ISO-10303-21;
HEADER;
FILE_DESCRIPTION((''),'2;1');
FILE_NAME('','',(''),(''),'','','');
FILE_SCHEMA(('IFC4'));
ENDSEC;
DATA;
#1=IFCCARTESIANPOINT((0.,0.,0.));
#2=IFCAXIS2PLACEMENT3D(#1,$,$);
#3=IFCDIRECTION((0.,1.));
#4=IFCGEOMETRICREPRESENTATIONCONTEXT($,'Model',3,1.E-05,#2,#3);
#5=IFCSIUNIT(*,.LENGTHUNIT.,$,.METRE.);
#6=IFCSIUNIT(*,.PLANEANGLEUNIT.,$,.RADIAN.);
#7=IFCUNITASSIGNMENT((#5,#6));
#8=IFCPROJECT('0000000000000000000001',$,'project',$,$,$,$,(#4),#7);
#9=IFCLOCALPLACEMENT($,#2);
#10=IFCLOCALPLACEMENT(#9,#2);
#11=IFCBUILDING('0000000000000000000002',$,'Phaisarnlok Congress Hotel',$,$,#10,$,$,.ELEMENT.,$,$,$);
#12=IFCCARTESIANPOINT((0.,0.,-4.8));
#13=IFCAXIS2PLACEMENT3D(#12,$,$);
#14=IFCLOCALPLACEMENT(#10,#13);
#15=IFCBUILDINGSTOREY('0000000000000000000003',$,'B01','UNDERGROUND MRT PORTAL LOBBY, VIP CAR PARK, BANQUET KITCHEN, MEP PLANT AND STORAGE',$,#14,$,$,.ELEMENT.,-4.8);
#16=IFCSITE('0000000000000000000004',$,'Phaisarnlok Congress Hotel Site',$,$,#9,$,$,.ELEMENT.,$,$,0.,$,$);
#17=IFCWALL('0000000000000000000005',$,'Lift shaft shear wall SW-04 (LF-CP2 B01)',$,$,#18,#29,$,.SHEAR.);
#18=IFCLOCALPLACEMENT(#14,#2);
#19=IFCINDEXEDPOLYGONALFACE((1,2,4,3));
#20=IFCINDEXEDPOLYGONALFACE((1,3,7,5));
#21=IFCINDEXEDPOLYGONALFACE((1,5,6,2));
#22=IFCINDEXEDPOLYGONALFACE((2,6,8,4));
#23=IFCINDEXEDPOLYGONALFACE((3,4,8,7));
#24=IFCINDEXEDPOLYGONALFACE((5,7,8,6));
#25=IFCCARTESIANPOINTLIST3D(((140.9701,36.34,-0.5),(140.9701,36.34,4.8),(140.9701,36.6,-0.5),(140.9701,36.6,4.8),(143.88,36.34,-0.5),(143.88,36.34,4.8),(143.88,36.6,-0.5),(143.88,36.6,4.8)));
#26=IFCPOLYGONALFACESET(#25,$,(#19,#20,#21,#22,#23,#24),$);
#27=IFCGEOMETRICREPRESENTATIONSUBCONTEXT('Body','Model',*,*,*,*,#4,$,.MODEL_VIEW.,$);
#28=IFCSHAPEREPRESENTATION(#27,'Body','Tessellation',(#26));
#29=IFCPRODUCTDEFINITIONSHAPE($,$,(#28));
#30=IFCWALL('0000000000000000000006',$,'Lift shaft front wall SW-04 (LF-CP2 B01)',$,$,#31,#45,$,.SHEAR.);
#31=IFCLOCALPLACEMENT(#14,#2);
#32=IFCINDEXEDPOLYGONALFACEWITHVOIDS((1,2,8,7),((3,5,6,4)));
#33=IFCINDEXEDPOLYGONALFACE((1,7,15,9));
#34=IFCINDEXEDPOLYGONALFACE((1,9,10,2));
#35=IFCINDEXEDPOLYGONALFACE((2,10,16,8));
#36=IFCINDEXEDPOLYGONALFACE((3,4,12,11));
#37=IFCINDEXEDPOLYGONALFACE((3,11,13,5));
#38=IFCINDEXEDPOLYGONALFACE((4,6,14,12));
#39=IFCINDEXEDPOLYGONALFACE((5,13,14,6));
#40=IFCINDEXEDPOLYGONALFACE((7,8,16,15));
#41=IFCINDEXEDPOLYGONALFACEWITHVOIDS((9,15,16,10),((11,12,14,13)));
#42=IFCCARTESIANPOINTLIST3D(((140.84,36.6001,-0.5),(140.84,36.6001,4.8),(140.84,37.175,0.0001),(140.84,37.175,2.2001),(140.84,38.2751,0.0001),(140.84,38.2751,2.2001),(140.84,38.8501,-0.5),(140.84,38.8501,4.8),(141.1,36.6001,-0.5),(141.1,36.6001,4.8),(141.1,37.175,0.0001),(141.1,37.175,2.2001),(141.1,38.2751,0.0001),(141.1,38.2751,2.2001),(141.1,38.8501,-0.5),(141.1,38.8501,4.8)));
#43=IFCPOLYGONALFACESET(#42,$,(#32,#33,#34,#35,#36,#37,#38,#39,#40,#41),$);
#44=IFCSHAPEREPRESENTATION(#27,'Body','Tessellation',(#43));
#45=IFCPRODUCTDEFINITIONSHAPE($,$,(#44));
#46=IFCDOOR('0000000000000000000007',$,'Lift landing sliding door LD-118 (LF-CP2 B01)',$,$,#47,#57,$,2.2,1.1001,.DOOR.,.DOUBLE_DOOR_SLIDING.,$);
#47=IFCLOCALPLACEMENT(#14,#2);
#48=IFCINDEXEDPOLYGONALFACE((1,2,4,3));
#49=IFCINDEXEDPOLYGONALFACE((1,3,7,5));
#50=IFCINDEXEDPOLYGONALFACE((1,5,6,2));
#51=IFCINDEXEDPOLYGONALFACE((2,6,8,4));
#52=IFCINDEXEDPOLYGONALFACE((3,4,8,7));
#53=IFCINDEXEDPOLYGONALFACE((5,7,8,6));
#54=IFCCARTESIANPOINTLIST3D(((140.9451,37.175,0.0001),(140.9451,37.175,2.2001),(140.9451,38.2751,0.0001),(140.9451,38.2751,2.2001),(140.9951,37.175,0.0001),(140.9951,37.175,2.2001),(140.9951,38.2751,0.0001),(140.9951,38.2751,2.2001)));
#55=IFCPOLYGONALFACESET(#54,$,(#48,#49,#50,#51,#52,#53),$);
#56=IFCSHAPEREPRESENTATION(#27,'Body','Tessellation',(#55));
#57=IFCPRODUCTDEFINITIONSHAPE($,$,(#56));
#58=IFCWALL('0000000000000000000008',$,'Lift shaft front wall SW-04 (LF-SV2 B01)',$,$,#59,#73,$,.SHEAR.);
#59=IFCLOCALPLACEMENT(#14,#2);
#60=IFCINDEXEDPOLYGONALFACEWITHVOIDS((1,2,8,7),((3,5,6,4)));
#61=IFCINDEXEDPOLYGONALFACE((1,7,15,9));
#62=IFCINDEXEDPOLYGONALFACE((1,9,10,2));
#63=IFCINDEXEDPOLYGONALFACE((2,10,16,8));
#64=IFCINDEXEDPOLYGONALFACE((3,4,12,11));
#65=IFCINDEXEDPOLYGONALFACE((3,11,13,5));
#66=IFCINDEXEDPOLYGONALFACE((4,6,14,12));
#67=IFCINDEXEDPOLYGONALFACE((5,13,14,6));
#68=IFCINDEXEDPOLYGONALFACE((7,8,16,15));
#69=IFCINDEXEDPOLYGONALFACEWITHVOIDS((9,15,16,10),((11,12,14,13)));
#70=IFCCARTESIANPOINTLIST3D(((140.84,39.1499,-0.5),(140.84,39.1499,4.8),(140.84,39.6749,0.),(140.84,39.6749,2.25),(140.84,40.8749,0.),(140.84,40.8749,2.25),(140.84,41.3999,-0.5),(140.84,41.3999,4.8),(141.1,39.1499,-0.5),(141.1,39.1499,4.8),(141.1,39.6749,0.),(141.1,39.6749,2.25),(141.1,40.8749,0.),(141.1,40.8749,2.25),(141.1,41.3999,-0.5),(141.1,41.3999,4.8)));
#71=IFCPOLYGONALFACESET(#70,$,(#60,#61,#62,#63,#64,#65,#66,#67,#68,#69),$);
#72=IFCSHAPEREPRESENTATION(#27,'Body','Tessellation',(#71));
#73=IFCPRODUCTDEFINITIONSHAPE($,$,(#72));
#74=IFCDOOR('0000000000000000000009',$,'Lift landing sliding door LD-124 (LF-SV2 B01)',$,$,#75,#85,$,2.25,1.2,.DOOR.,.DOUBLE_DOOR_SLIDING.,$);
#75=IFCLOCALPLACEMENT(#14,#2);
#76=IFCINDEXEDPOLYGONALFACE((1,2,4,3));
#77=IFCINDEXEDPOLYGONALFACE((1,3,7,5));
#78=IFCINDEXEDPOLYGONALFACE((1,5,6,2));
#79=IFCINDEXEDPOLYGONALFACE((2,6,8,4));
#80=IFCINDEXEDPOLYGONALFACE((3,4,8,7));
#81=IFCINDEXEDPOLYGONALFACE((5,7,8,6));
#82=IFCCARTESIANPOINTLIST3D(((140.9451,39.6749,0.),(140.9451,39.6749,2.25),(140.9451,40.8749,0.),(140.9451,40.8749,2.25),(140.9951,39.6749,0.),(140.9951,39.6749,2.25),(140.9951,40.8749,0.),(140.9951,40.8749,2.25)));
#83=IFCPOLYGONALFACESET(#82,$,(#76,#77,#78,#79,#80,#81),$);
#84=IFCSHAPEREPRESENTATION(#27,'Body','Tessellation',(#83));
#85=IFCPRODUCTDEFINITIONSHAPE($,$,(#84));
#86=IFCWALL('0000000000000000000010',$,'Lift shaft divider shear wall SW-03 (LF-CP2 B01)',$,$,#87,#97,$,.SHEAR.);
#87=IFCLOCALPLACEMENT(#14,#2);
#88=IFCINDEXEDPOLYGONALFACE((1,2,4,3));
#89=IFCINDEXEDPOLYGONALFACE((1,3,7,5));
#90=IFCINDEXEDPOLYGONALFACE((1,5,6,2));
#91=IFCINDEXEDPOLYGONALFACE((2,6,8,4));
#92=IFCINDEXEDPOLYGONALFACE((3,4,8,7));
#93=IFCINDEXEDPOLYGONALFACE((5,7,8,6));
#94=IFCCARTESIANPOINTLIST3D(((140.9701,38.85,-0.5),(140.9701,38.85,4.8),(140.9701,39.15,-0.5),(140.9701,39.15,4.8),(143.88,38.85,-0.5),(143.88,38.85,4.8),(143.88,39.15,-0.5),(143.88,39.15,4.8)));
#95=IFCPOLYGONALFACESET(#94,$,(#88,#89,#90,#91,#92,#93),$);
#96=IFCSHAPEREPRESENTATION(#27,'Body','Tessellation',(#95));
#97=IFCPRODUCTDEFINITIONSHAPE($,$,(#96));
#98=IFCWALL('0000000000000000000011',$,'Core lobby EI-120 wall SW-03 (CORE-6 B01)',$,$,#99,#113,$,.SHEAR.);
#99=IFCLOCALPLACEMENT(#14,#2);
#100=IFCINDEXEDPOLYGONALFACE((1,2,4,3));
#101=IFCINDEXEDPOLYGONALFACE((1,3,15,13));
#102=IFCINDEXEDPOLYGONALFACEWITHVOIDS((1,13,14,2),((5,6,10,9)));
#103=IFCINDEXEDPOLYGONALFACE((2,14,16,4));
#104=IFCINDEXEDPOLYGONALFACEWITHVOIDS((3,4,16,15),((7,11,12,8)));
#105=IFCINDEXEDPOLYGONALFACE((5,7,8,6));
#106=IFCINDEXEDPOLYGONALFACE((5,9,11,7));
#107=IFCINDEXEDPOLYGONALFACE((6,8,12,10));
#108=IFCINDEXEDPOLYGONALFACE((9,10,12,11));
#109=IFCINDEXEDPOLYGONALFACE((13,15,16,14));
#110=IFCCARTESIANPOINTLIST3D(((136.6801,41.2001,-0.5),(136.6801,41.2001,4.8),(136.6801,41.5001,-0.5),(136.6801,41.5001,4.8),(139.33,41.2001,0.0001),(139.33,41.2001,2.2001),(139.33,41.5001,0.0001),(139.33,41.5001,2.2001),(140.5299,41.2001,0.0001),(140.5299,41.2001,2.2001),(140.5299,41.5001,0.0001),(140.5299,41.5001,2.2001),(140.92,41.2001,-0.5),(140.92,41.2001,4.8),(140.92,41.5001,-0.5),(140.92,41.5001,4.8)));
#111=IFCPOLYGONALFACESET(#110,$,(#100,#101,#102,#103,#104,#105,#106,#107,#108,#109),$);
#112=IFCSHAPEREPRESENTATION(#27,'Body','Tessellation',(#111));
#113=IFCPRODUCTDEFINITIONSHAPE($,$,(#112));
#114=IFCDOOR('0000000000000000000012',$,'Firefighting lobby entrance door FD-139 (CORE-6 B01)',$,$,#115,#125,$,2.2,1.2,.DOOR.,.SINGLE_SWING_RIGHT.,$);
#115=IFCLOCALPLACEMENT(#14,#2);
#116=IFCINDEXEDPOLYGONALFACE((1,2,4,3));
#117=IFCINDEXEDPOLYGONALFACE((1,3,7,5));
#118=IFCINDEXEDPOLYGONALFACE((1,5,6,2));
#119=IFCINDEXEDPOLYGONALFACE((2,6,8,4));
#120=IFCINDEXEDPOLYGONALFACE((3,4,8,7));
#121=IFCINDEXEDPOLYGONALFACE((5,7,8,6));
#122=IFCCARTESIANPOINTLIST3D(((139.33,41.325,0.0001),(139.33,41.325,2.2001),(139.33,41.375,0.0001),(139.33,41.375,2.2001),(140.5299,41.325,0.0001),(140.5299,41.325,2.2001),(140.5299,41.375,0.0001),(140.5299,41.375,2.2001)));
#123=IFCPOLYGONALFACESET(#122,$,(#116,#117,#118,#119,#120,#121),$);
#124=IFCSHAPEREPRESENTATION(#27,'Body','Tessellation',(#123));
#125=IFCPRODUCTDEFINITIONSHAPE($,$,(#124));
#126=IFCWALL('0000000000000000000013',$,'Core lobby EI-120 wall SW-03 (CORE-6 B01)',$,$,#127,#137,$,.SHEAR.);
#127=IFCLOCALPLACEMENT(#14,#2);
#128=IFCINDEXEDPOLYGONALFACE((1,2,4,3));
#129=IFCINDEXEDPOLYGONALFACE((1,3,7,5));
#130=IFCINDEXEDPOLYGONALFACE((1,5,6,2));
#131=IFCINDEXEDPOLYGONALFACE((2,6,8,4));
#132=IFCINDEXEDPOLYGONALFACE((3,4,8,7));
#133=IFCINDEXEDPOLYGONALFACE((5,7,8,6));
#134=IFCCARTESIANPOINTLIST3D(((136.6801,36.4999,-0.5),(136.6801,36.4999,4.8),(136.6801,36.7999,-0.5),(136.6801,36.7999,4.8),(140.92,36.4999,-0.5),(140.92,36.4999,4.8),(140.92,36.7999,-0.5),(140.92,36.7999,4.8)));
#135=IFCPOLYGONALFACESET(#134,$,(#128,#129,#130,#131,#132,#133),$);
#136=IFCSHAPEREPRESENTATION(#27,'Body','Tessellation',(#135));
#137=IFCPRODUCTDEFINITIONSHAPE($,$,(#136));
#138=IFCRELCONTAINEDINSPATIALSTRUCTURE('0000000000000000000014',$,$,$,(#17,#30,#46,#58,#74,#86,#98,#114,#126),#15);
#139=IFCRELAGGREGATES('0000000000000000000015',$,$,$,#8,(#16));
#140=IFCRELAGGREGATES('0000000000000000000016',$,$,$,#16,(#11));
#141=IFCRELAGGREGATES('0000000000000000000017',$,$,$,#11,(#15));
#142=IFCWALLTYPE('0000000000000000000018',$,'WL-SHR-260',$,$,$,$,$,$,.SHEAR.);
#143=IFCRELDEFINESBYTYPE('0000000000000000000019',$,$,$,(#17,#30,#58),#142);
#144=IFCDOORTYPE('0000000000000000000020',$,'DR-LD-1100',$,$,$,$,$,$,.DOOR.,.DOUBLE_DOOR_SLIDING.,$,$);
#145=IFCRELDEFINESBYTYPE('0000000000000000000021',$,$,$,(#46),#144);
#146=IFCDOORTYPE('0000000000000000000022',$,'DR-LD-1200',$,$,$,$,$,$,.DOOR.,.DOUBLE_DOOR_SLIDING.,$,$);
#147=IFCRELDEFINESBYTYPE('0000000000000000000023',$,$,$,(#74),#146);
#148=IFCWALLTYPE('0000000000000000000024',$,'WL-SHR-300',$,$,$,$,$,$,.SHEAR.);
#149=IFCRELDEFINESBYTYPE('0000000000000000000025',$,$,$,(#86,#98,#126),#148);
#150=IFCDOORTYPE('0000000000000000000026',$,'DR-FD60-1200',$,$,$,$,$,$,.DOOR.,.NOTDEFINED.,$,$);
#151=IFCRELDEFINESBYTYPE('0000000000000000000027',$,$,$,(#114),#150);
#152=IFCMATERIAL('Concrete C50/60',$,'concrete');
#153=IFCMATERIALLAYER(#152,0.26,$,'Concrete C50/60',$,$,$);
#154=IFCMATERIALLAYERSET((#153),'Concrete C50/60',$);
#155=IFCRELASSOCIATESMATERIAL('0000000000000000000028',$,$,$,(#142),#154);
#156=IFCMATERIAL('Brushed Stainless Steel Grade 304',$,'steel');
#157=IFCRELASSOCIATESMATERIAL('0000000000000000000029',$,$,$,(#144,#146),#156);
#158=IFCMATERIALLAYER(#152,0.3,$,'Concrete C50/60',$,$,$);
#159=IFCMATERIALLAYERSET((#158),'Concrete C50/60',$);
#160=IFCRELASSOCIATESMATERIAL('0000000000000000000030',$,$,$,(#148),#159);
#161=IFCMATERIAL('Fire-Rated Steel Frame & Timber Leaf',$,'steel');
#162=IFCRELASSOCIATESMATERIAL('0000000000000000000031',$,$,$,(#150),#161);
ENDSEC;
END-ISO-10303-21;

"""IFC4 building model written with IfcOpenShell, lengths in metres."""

from ifc_helpers import new_model, si_unit, direction, frame, frame_2d, origin, place, context, subcontext, project, spatial, rectangle, extrude, material, layer, layer_set, type_object, element, fill, save


model = new_model("IFC4")

# Units and contexts
model_context = context("Model", 3, precision=1e-05, world=origin(), true_north=direction((0.0, 1.0)))
body_context = subcontext(model_context, "Body", "Model", "MODEL_VIEW")
ifc_project = project(units=[si_unit("LENGTHUNIT", "METRE"), si_unit("PLANEANGLEUNIT", "RADIAN")], contexts=[model_context])

# Site, building, storey
site_placement = place(None, origin())
site = spatial("IfcSite", under=ifc_project, at=site_placement, Name="Phaisarnlok Congress Hotel Site", CompositionType="ELEMENT", RefElevation=0.0)
building_placement = place(site_placement, origin())
building = spatial("IfcBuilding", under=site, at=building_placement, Name="Phaisarnlok Congress Hotel", CompositionType="ELEMENT")
storey_placement = place(building_placement, frame((0.0, 0.0, -4.8)))
storey = spatial("IfcBuildingStorey", under=building, at=storey_placement, Name="B01", Description="UNDERGROUND MRT PORTAL LOBBY, VIP CAR PARK, BANQUET KITCHEN, MEP PLANT AND STORAGE", CompositionType="ELEMENT", Elevation=-4.8)

# Shared definitions
ifc_material_1 = material(Name="Concrete C50/60", Category="concrete")
ifc_layer_1 = layer(ifc_material_1, 0.26, Name="Concrete C50/60")
ifc_layer_set_1 = layer_set([ifc_layer_1], Name="Concrete C50/60")
wall_type_1 = type_object("IfcWallType", Name="WL-SHR-260", PredefinedType="SHEAR", material=ifc_layer_set_1)
ifc_material_2 = material(Name="Fire-Rated Steel Frame & Timber Leaf", Category="steel")

# Wall
wall_1_placement = place(storey_placement, frame((140.97, 36.47, -0.5), z_axis=(0.0, 0.0, 1.0), x_axis=(1.0, 0.0, 0.0)))
element("IfcWall", 1, at=wall_1_placement, inside=storey, type_object=wall_type_1, Name="Lift shaft shear wall SW-04 (LF-CP2 B01)", PredefinedType="SHEAR", context=body_context, shape_type="SweptSolid", body=[
    extrude(rectangle(XDim=2.9099, YDim=0.26, at=frame_2d((1.4551, 0.0))), origin(), (0.0, 0.0, 1.0), 5.3),
])

# Walls, openings, doors
wall_2_placement = place(storey_placement, frame((140.97, 36.6001, -0.5), z_axis=(0.0, 0.0, 1.0), x_axis=(0.0, 1.0, 0.0)))
wall_2 = element("IfcWall", 2, at=wall_2_placement, inside=storey, type_object=wall_type_1, Name="Lift shaft front wall SW-04 (LF-CP2 B01)", PredefinedType="SHEAR", context=body_context, shape_type="SweptSolid", body=[
    extrude(rectangle(XDim=2.25, YDim=0.26, at=frame_2d((1.125, 0.0))), origin(), (0.0, 0.0, 1.0), 5.3),
])
opening_1_placement = place(wall_2_placement, frame((0.575, 0.0, 0.5)))
opening_1 = element("IfcOpeningElement", 3, at=opening_1_placement, cuts=wall_2, PredefinedType="OPENING", context=body_context, shape_type="SweptSolid", body=[
    extrude(rectangle(XDim=1.1001, YDim=2.2, at=frame_2d((0.55, 1.1001))), frame((0.0, 0.1401, 0.0), z_axis=(0.0, -1.0, 0.0), x_axis=(1.0, 0.0, 0.0)), (0.0, 0.0, 1.0), 0.28),
])
ifc_material_3 = material(Name="Brushed Stainless Steel Grade 304", Category="steel")
door_type_1 = type_object("IfcDoorType", Name="DR-LD-1100", OperationType="DOUBLE_DOOR_SLIDING", PredefinedType="DOOR", material=ifc_material_3)
door_1_placement = place(opening_1_placement, origin())
door_1 = element("IfcDoor", 4, at=door_1_placement, inside=storey, type_object=door_type_1, Name="Lift landing sliding door LD-118 (LF-CP2 B01)", OperationType="DOUBLE_DOOR_SLIDING", OverallHeight=2.2, OverallWidth=1.1001, PredefinedType="DOOR", context=body_context, shape_type="SweptSolid", body=[
    extrude(rectangle(XDim=1.1001, YDim=2.2, at=frame_2d((0.55, 1.1001))), frame((0.0, 0.0249, 0.0), z_axis=(0.0, -1.0, 0.0), x_axis=(1.0, 0.0, 0.0)), (0.0, 0.0, 1.0), 0.05),
])
fill(opening_1, door_1)
wall_3_placement = place(storey_placement, frame((140.97, 39.1499, -0.5), z_axis=(0.0, 0.0, 1.0), x_axis=(0.0, 1.0, 0.0)))
wall_3 = element("IfcWall", 5, at=wall_3_placement, inside=storey, type_object=wall_type_1, Name="Lift shaft front wall SW-04 (LF-SV2 B01)", PredefinedType="SHEAR", context=body_context, shape_type="SweptSolid", body=[
    extrude(rectangle(XDim=2.25, YDim=0.26, at=frame_2d((1.125, 0.0))), origin(), (0.0, 0.0, 1.0), 5.3),
])
opening_2_placement = place(wall_3_placement, frame((0.5249, 0.0, 0.5)))
opening_2 = element("IfcOpeningElement", 6, at=opening_2_placement, cuts=wall_3, PredefinedType="OPENING", context=body_context, shape_type="SweptSolid", body=[
    extrude(rectangle(XDim=1.2, YDim=2.25, at=frame_2d((0.6001, 1.125))), frame((0.0, 0.1401, 0.0), z_axis=(0.0, -1.0, 0.0), x_axis=(1.0, 0.0, 0.0)), (0.0, 0.0, 1.0), 0.28),
])
door_type_2 = type_object("IfcDoorType", Name="DR-LD-1200", OperationType="DOUBLE_DOOR_SLIDING", PredefinedType="DOOR", material=ifc_material_3)
door_2_placement = place(opening_2_placement, origin())
door_2 = element("IfcDoor", 7, at=door_2_placement, inside=storey, type_object=door_type_2, Name="Lift landing sliding door LD-124 (LF-SV2 B01)", OperationType="DOUBLE_DOOR_SLIDING", OverallHeight=2.25, OverallWidth=1.2, PredefinedType="DOOR", context=body_context, shape_type="SweptSolid", body=[
    extrude(rectangle(XDim=1.2, YDim=2.25, at=frame_2d((0.6001, 1.125))), frame((0.0, 0.0249, 0.0), z_axis=(0.0, -1.0, 0.0), x_axis=(1.0, 0.0, 0.0)), (0.0, 0.0, 1.0), 0.05),
])
fill(opening_2, door_2)

# Wall
ifc_layer_2 = layer(ifc_material_1, 0.3, Name="Concrete C50/60")
ifc_layer_set_2 = layer_set([ifc_layer_2], Name="Concrete C50/60")
wall_type_2 = type_object("IfcWallType", Name="WL-SHR-300", PredefinedType="SHEAR", material=ifc_layer_set_2)
wall_4_placement = place(storey_placement, frame((140.97, 39.0, -0.5), z_axis=(0.0, 0.0, 1.0), x_axis=(1.0, 0.0, 0.0)))
element("IfcWall", 8, at=wall_4_placement, inside=storey, type_object=wall_type_2, Name="Lift shaft divider shear wall SW-03 (LF-CP2 B01)", PredefinedType="SHEAR", context=body_context, shape_type="SweptSolid", body=[
    extrude(rectangle(XDim=2.9099, YDim=0.3, at=frame_2d((1.4551, 0.0))), origin(), (0.0, 0.0, 1.0), 5.3),
])

# Wall, opening, door
wall_5_placement = place(storey_placement, frame((136.6799, 41.3501, -0.5), z_axis=(0.0, 0.0, 1.0), x_axis=(1.0, 0.0, 0.0)))
wall_5 = element("IfcWall", 9, at=wall_5_placement, inside=storey, type_object=wall_type_2, Name="Core lobby EI-120 wall SW-03 (CORE-6 B01)", PredefinedType="SHEAR", context=body_context, shape_type="SweptSolid", body=[
    extrude(rectangle(XDim=4.24, YDim=0.3, at=frame_2d((2.1201, 0.0))), origin(), (0.0, 0.0, 1.0), 5.3),
])
opening_3_placement = place(wall_5_placement, frame((2.6499, 0.0, 0.5)))
opening_3 = element("IfcOpeningElement", 10, at=opening_3_placement, cuts=wall_5, PredefinedType="OPENING", context=body_context, shape_type="SweptSolid", body=[
    extrude(rectangle(XDim=1.2, YDim=2.2, at=frame_2d((0.6001, 1.1001))), frame((0.0, 0.1602, 0.0), z_axis=(0.0, -1.0, 0.0), x_axis=(1.0, 0.0, 0.0)), (0.0, 0.0, 1.0), 0.3201),
])
door_type_3 = type_object("IfcDoorType", Name="DR-FD60-1200", OperationType="NOTDEFINED", PredefinedType="DOOR", material=ifc_material_2)
door_3_placement = place(opening_3_placement, origin())
door_3 = element("IfcDoor", 11, at=door_3_placement, inside=storey, type_object=door_type_3, Name="Firefighting lobby entrance door FD-139 (CORE-6 B01)", OperationType="SINGLE_SWING_RIGHT", OverallHeight=2.2, OverallWidth=1.2, PredefinedType="DOOR", context=body_context, shape_type="SweptSolid", body=[
    extrude(rectangle(XDim=1.2, YDim=2.2, at=frame_2d((0.6001, 1.1001))), frame((0.0, 0.0249, 0.0), z_axis=(0.0, -1.0, 0.0), x_axis=(1.0, 0.0, 0.0)), (0.0, 0.0, 1.0), 0.05),
])
fill(opening_3, door_3)

# Wall
wall_6_placement = place(storey_placement, frame((136.6799, 36.6499, -0.5), z_axis=(0.0, 0.0, 1.0), x_axis=(1.0, 0.0, 0.0)))
element("IfcWall", 12, at=wall_6_placement, inside=storey, type_object=wall_type_2, Name="Core lobby EI-120 wall SW-03 (CORE-6 B01)", PredefinedType="SHEAR", context=body_context, shape_type="SweptSolid", body=[
    extrude(rectangle(XDim=4.24, YDim=0.3, at=frame_2d((2.1201, 0.0))), origin(), (0.0, 0.0, 1.0), 5.3),
])

save(model, "model.ifc")
